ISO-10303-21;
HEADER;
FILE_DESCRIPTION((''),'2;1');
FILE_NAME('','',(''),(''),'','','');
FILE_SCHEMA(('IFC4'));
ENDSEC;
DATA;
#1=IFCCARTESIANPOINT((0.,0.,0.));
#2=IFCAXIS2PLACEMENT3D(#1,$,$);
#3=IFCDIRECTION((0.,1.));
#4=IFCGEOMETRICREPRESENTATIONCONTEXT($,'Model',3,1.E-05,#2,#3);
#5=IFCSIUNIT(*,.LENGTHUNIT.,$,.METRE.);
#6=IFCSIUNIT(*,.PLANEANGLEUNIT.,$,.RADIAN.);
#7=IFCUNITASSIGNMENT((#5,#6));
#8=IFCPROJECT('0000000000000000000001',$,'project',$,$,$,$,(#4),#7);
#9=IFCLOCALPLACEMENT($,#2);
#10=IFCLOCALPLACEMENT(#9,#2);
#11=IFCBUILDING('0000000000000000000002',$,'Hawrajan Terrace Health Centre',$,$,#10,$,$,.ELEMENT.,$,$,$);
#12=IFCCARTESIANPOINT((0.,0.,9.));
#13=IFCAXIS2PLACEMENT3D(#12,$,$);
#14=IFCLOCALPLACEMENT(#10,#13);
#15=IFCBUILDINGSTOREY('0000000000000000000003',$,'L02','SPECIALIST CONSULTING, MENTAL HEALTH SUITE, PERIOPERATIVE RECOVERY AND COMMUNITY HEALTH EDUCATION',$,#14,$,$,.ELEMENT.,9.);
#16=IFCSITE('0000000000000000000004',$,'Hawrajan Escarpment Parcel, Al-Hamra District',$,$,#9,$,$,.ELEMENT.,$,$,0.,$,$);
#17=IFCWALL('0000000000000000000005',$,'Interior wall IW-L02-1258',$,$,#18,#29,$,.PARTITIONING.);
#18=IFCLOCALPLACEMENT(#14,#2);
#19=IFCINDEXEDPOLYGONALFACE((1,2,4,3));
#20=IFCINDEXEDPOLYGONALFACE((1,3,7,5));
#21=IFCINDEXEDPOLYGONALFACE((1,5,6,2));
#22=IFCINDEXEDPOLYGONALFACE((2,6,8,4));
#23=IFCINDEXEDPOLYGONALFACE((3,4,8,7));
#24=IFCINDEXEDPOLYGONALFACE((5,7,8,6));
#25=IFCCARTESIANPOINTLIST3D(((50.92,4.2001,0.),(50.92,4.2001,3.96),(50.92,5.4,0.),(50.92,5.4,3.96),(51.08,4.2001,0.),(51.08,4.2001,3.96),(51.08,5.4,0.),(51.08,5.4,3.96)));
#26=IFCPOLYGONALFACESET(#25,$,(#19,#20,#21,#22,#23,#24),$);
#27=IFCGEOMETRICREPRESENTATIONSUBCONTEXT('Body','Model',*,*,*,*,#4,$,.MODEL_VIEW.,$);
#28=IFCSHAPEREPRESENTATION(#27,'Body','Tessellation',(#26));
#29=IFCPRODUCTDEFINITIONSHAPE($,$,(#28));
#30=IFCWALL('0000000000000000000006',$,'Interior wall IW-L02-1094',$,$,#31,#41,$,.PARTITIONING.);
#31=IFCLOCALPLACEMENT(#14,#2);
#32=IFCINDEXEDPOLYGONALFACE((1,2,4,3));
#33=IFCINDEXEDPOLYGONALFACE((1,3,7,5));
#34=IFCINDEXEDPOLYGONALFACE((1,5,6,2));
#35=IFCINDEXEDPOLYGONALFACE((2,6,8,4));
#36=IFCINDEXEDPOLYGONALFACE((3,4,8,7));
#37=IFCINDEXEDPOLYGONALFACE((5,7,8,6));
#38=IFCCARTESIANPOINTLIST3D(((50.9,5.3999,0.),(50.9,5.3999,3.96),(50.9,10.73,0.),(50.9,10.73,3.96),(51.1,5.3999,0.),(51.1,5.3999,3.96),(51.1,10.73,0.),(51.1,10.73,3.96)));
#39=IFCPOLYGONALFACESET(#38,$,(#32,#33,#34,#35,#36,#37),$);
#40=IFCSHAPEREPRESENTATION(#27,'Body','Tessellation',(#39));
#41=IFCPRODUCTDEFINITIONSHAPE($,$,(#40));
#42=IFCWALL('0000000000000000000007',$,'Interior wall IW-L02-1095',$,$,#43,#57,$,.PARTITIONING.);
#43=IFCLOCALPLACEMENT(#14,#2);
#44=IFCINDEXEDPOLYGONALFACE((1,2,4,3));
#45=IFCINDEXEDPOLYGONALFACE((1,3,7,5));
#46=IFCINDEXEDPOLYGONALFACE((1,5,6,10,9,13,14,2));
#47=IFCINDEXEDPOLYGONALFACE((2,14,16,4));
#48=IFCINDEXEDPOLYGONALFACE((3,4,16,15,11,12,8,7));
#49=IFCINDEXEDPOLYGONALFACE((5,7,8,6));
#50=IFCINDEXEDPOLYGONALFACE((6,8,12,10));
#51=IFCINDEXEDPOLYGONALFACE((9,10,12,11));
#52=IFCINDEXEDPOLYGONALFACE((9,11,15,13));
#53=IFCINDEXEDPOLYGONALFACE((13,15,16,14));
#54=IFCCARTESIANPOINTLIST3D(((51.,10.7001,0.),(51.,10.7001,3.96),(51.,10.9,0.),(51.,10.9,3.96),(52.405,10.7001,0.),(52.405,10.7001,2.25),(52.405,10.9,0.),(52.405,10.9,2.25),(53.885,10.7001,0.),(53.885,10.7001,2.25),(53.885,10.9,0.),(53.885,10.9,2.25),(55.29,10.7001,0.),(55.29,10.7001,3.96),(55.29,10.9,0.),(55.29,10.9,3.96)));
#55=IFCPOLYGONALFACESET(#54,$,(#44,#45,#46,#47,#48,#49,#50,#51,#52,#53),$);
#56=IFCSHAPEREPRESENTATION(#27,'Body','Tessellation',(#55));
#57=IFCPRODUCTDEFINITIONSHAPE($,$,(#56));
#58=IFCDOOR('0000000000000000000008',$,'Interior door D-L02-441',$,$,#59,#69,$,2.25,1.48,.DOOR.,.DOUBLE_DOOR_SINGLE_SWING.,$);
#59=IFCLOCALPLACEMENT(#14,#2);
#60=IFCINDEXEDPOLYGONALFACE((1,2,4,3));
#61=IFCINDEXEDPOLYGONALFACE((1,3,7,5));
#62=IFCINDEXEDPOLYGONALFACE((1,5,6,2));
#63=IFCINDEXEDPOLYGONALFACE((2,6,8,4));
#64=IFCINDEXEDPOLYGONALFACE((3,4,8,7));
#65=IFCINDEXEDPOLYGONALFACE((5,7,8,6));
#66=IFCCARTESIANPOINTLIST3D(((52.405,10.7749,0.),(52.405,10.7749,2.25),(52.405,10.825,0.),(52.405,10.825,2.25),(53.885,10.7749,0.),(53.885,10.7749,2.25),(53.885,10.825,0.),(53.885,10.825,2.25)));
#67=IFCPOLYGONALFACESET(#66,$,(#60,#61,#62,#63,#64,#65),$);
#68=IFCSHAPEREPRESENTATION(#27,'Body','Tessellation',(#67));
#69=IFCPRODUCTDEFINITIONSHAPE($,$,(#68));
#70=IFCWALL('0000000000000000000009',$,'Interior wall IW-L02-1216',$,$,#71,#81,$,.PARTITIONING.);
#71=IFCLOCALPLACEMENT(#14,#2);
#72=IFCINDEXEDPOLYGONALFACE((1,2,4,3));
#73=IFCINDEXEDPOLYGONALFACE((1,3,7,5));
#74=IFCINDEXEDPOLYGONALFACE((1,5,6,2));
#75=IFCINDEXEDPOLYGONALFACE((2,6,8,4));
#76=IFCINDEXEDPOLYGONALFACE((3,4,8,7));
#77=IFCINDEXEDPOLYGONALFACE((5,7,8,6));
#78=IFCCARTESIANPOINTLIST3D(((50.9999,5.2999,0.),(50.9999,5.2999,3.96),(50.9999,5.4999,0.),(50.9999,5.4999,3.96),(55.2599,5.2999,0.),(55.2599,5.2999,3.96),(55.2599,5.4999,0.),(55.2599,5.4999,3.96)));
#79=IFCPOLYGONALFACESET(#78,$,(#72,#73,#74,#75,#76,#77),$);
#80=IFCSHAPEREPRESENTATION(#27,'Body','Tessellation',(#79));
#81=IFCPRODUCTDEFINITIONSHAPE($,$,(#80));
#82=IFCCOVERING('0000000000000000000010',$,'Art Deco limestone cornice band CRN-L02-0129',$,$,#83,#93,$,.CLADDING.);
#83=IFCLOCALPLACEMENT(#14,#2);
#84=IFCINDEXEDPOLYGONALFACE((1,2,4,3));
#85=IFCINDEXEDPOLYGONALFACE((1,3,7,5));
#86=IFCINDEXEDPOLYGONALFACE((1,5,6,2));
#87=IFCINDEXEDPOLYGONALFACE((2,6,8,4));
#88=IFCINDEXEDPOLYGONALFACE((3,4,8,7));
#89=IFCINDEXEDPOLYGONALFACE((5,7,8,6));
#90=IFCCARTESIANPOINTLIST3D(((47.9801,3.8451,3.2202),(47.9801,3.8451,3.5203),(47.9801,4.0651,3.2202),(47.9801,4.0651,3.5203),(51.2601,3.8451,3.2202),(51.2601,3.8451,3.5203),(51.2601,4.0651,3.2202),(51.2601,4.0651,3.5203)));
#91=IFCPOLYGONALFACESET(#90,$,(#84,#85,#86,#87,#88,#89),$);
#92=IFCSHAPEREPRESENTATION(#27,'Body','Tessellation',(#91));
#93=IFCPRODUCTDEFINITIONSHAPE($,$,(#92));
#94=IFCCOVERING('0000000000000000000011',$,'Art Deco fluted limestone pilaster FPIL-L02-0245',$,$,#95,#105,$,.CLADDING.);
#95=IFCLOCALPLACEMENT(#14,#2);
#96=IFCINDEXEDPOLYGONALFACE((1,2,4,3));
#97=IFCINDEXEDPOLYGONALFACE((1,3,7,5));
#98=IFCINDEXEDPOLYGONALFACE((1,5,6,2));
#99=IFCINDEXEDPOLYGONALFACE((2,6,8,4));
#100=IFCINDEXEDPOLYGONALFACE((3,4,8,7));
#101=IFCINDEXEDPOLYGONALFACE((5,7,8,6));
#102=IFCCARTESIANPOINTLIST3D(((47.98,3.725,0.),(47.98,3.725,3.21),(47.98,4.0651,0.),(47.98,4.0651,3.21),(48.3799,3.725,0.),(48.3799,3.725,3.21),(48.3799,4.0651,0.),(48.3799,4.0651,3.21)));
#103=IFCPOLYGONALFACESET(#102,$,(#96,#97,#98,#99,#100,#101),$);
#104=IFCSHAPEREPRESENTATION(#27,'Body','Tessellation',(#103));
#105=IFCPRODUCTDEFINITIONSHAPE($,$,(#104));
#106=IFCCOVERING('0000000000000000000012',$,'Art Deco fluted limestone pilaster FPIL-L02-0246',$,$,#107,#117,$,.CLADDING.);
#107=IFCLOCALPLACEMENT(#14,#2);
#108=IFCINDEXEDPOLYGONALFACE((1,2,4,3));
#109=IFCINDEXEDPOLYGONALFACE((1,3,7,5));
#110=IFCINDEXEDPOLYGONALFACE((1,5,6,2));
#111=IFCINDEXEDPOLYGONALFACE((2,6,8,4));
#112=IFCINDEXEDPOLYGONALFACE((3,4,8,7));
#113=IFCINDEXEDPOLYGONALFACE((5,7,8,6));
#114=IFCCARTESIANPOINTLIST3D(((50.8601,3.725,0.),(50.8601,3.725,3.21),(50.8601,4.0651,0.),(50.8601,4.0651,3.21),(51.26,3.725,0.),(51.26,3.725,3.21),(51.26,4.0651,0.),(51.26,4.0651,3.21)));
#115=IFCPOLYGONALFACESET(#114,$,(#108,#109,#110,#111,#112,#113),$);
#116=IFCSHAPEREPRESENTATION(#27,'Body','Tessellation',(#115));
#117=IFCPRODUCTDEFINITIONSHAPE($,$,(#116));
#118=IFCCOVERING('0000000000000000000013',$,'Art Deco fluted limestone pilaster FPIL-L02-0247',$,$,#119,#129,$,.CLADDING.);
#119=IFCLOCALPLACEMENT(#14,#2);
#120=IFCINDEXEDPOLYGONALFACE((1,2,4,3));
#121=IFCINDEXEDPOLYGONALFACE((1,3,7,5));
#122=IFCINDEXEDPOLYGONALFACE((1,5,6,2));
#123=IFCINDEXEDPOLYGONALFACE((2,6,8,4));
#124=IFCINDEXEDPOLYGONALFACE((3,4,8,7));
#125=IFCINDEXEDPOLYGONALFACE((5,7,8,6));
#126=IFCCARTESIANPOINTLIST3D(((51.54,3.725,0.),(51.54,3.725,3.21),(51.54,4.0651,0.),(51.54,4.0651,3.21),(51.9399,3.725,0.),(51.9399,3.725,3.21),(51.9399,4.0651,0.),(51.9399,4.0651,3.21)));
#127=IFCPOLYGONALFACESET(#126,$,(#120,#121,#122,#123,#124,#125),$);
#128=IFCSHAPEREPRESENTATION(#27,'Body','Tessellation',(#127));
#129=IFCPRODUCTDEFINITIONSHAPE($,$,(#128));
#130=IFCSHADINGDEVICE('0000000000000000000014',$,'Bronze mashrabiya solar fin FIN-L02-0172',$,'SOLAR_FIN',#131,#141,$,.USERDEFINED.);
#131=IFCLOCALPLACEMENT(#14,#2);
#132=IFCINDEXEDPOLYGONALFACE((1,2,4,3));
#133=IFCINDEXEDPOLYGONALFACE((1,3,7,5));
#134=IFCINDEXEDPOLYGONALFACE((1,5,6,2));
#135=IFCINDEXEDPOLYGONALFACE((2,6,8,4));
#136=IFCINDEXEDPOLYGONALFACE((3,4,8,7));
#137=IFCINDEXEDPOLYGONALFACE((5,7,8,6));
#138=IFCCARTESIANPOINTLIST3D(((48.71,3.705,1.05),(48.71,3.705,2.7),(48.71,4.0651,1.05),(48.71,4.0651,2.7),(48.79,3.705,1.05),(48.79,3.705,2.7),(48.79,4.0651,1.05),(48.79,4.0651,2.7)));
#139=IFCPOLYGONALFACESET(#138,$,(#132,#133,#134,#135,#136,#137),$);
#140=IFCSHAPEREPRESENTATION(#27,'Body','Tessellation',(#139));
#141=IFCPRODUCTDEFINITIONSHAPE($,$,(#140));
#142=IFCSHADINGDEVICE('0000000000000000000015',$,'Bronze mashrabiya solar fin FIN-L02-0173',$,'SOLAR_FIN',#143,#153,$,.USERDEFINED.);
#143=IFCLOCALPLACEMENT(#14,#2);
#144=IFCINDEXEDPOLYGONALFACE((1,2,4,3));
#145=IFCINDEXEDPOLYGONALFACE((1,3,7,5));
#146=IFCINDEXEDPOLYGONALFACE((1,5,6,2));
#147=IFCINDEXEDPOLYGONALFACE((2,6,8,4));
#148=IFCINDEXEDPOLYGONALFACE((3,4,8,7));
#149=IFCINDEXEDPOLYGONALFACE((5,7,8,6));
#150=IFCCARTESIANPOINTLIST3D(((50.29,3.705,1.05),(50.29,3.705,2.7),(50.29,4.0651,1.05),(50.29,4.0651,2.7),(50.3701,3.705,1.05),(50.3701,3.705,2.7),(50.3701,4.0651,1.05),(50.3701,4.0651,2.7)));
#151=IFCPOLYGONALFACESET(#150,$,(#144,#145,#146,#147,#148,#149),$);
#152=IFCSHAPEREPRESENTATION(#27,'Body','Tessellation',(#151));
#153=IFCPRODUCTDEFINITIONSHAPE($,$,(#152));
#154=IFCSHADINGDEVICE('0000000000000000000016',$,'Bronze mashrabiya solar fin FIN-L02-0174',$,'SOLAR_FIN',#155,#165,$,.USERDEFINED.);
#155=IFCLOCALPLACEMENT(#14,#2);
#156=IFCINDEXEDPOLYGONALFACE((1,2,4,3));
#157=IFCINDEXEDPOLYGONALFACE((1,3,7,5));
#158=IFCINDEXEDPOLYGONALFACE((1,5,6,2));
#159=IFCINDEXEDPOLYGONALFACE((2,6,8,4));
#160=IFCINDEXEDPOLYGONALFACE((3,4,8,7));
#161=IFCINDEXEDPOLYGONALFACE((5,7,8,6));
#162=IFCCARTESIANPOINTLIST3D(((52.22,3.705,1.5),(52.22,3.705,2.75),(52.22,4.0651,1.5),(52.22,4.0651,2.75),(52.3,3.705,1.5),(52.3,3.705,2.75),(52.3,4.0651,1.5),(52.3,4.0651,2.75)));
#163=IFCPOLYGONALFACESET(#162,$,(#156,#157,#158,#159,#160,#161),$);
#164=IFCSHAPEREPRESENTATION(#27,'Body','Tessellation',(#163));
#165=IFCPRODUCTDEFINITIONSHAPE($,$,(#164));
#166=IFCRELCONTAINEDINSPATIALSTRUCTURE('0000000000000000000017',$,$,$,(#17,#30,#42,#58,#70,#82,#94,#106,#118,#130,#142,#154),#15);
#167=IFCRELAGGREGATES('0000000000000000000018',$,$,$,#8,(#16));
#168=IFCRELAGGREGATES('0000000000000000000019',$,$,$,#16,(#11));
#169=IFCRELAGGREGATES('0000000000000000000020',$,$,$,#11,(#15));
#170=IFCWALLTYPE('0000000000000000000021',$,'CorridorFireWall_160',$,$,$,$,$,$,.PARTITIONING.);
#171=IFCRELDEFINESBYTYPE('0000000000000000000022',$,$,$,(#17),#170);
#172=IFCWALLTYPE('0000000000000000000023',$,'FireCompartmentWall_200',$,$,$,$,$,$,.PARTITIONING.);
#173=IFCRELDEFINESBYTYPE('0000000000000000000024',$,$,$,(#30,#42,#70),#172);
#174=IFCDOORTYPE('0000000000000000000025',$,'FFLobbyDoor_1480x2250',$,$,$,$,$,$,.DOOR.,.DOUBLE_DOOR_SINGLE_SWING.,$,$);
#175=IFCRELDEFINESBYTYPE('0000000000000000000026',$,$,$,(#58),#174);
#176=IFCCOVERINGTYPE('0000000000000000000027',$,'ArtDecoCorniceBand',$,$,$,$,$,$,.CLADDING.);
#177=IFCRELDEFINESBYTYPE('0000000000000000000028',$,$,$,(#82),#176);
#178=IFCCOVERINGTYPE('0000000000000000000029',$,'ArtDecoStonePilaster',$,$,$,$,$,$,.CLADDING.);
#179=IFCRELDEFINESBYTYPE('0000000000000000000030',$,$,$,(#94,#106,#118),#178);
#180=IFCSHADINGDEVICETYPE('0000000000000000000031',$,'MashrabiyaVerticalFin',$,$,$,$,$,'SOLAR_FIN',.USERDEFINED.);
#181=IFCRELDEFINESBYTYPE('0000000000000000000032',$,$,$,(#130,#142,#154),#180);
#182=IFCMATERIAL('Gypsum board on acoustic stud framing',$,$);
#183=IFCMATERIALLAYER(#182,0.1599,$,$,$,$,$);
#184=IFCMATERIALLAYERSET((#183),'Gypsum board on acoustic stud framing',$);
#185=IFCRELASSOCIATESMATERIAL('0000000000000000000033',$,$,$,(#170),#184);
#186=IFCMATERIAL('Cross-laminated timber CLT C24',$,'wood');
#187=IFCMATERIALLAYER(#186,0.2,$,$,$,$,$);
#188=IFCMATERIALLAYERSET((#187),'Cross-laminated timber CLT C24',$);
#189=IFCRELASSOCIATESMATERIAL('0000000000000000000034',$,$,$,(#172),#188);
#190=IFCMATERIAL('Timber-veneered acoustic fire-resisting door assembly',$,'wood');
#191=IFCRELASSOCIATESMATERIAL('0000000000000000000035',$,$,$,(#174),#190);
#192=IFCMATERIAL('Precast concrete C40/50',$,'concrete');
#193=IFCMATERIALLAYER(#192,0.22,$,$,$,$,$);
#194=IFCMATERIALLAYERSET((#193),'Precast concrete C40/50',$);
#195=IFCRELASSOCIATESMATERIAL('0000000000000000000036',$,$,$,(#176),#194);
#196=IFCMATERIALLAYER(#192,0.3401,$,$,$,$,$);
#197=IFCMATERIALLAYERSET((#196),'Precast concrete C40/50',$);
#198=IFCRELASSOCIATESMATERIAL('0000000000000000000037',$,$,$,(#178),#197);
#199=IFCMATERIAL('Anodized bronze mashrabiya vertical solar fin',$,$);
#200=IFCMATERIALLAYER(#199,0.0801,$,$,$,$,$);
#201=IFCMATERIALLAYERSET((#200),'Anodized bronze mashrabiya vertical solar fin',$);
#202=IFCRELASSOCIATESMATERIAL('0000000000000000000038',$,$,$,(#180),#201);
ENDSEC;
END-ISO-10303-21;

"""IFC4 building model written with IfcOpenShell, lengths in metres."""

from ifc_helpers import new_model, si_unit, direction, frame, frame_2d, origin, origin_2d, place, context, subcontext, project, spatial, rectangle, extrude, material, layer, layer_set, type_object, element, fill, save


model = new_model("IFC4")

# Units and contexts
model_context = context("Model", 3, precision=1e-05, world=origin(), true_north=direction((0.0, 1.0)))
body_context = subcontext(model_context, "Body", "Model", "MODEL_VIEW")
ifc_project = project(units=[si_unit("LENGTHUNIT", "METRE"), si_unit("PLANEANGLEUNIT", "RADIAN")], contexts=[model_context])

# Site, building, storey
site_placement = place(None, origin())
site = spatial("IfcSite", under=ifc_project, at=site_placement, Name="Hawrajan Escarpment Parcel, Al-Hamra District", CompositionType="ELEMENT", RefElevation=0.0)
building_placement = place(site_placement, origin())
building = spatial("IfcBuilding", under=site, at=building_placement, Name="Hawrajan Terrace Health Centre", CompositionType="ELEMENT")
storey_placement = place(building_placement, frame((0.0, 0.0, 9.0)))
storey = spatial("IfcBuildingStorey", under=building, at=storey_placement, Name="L02", Description="SPECIALIST CONSULTING, MENTAL HEALTH SUITE, PERIOPERATIVE RECOVERY AND COMMUNITY HEALTH EDUCATION", CompositionType="ELEMENT", Elevation=9.0)

# Shared definitions
ifc_material_1 = material(Name="Precast concrete C40/50", Category="concrete")

# Walls
ifc_material_2 = material(Name="Gypsum board on acoustic stud framing")
ifc_layer_1 = layer(ifc_material_2, 0.1599)
ifc_layer_set_1 = layer_set([ifc_layer_1], Name="Gypsum board on acoustic stud framing")
wall_type_1 = type_object("IfcWallType", Name="CorridorFireWall_160", PredefinedType="PARTITIONING", material=ifc_layer_set_1)
wall_1_placement = place(storey_placement, frame((51.0, 4.2, 0.0), z_axis=(0.0, 0.0, 1.0), x_axis=(0.0, 1.0, 0.0)))
element("IfcWall", 1, at=wall_1_placement, inside=storey, type_object=wall_type_1, Name="Interior wall IW-L02-1258", PredefinedType="PARTITIONING", context=body_context, shape_type="SweptSolid", body=[
    extrude(rectangle(XDim=1.2, YDim=0.1599, at=frame_2d((0.6001, 0.0))), origin(), (0.0, 0.0, 1.0), 3.96),
])
ifc_material_3 = material(Name="Cross-laminated timber CLT C24", Category="wood")
ifc_layer_2 = layer(ifc_material_3, 0.2)
ifc_layer_set_2 = layer_set([ifc_layer_2], Name="Cross-laminated timber CLT C24")
wall_type_2 = type_object("IfcWallType", Name="FireCompartmentWall_200", PredefinedType="PARTITIONING", material=ifc_layer_set_2)
wall_2_placement = place(storey_placement, frame((51.0, 5.3999, 0.0), z_axis=(0.0, 0.0, 1.0), x_axis=(0.0, 1.0, 0.0)))
element("IfcWall", 2, at=wall_2_placement, inside=storey, type_object=wall_type_2, Name="Interior wall IW-L02-1094", PredefinedType="PARTITIONING", context=body_context, shape_type="SweptSolid", body=[
    extrude(rectangle(XDim=5.3301, YDim=0.2, at=frame_2d((2.665, 0.0))), origin(), (0.0, 0.0, 1.0), 3.96),
])

# Wall, opening, door
wall_3_placement = place(storey_placement, frame((51.0, 10.8, 0.0), z_axis=(0.0, 0.0, 1.0), x_axis=(1.0, 0.0, 0.0)))
wall_3 = element("IfcWall", 3, at=wall_3_placement, inside=storey, type_object=wall_type_2, Name="Interior wall IW-L02-1095", PredefinedType="PARTITIONING", context=body_context, shape_type="SweptSolid", body=[
    extrude(rectangle(XDim=4.29, YDim=0.2, at=frame_2d((2.145, 0.0))), origin(), (0.0, 0.0, 1.0), 3.96),
])
opening_1_placement = place(wall_3_placement, frame((1.405, 0.0, 0.0)))
opening_1 = element("IfcOpeningElement", 4, at=opening_1_placement, cuts=wall_3, PredefinedType="OPENING", context=body_context, shape_type="SweptSolid", body=[
    extrude(rectangle(XDim=1.48, YDim=2.25, at=frame_2d((0.74, 1.125))), frame((0.0, 0.1099, 0.0), z_axis=(0.0, -1.0, 0.0), x_axis=(1.0, 0.0, 0.0)), (0.0, 0.0, 1.0), 0.22),
])
ifc_material_4 = material(Name="Timber-veneered acoustic fire-resisting door assembly", Category="wood")
door_type = type_object("IfcDoorType", Name="FFLobbyDoor_1480x2250", OperationType="DOUBLE_DOOR_SINGLE_SWING", PredefinedType="DOOR", material=ifc_material_4)
door_placement = place(opening_1_placement, origin())
door = element("IfcDoor", 5, at=door_placement, inside=storey, type_object=door_type, Name="Interior door D-L02-441", OperationType="DOUBLE_DOOR_SINGLE_SWING", OverallHeight=2.25, OverallWidth=1.48, PredefinedType="DOOR", context=body_context, shape_type="SweptSolid", body=[
    extrude(rectangle(XDim=1.48, YDim=2.25, at=frame_2d((0.74, 1.125))), frame((0.0, 0.0249, 0.0), z_axis=(0.0, -1.0, 0.0), x_axis=(1.0, 0.0, 0.0)), (0.0, 0.0, 1.0), 0.05),
])
fill(opening_1, door)

# Wall
wall_4_placement = place(storey_placement, frame((51.0, 5.3999, 0.0), z_axis=(0.0, 0.0, 1.0), x_axis=(1.0, 0.0, 0.0)))
element("IfcWall", 6, at=wall_4_placement, inside=storey, type_object=wall_type_2, Name="Interior wall IW-L02-1216", PredefinedType="PARTITIONING", context=body_context, shape_type="SweptSolid", body=[
    extrude(rectangle(XDim=4.26, YDim=0.2, at=frame_2d((2.1299, 0.0))), origin(), (0.0, 0.0, 1.0), 3.96),
])

# Coverings
ifc_layer_3 = layer(ifc_material_1, 0.22)
ifc_layer_set_3 = layer_set([ifc_layer_3], Name="Precast concrete C40/50")
covering_type_1 = type_object("IfcCoveringType", Name="ArtDecoCorniceBand", PredefinedType="CLADDING", material=ifc_layer_set_3)
covering_placement = place(storey_placement, frame((49.6201, 3.9551, 3.2202), z_axis=(0.0, 0.0, 1.0), x_axis=(1.0, 0.0, 0.0)))
element("IfcCovering", 7, at=covering_placement, inside=storey, type_object=covering_type_1, Name="Art Deco limestone cornice band CRN-L02-0129", PredefinedType="CLADDING", context=body_context, shape_type="SweptSolid", body=[
    extrude(rectangle(XDim=3.28, YDim=0.22, at=origin_2d()), origin(), (0.0, 0.0, 1.0), 0.3),
])
ifc_layer_4 = layer(ifc_material_1, 0.3401)
ifc_layer_set_4 = layer_set([ifc_layer_4], Name="Precast concrete C40/50")
covering_type_2 = type_object("IfcCoveringType", Name="ArtDecoStonePilaster", PredefinedType="CLADDING", material=ifc_layer_set_4)
for number, where, z_axis, x_axis, name in (
    (8, (48.1799, 3.895, 0.0), (0.0, 0.0, 1.0), (1.0, 0.0, 0.0), "Art Deco fluted limestone pilaster FPIL-L02-0245"),
    (9, (51.0601, 3.895, 0.0), (0.0, 0.0, 1.0), (1.0, 0.0, 0.0), "Art Deco fluted limestone pilaster FPIL-L02-0246"),
    (10, (51.74, 3.895, 0.0), (0.0, 0.0, 1.0), (1.0, 0.0, 0.0), "Art Deco fluted limestone pilaster FPIL-L02-0247"),
):
    element("IfcCovering", number, at=place(storey_placement, frame(where, z_axis=z_axis, x_axis=x_axis)), inside=storey, type_object=covering_type_2, Name=name, PredefinedType="CLADDING", context=body_context, shape_type="SweptSolid", body=[
        extrude(rectangle(XDim=0.3999, YDim=0.3401, at=origin_2d()), origin(), (0.0, 0.0, 1.0), 3.21),
    ])

# Shading devices
ifc_material_5 = material(Name="Anodized bronze mashrabiya vertical solar fin")
ifc_layer_5 = layer(ifc_material_5, 0.0801)
ifc_layer_set_5 = layer_set([ifc_layer_5], Name="Anodized bronze mashrabiya vertical solar fin")
shading_device_type = type_object("IfcShadingDeviceType", Name="MashrabiyaVerticalFin", ElementType="SOLAR_FIN", PredefinedType="USERDEFINED", material=ifc_layer_set_5)
for number, where, z_axis, x_axis, name in (
    (11, (48.75, 3.885, 1.05), (0.0, 0.0, 1.0), (1.0, 0.0, 0.0), "Bronze mashrabiya solar fin FIN-L02-0172"),
    (12, (50.3301, 3.885, 1.05), (0.0, 0.0, 1.0), (1.0, 0.0, 0.0), "Bronze mashrabiya solar fin FIN-L02-0173"),
):
    element("IfcShadingDevice", number, at=place(storey_placement, frame(where, z_axis=z_axis, x_axis=x_axis)), inside=storey, type_object=shading_device_type, Name=name, ObjectType="SOLAR_FIN", PredefinedType="USERDEFINED", context=body_context, shape_type="SweptSolid", body=[
        extrude(rectangle(XDim=0.0801, YDim=0.3601, at=origin_2d()), origin(), (0.0, 0.0, 1.0), 1.6499),
    ])
shading_device_placement = place(storey_placement, frame((52.26, 3.885, 1.5), z_axis=(0.0, 0.0, 1.0), x_axis=(1.0, 0.0, 0.0)))
element("IfcShadingDevice", 13, at=shading_device_placement, inside=storey, type_object=shading_device_type, Name="Bronze mashrabiya solar fin FIN-L02-0174", ObjectType="SOLAR_FIN", PredefinedType="USERDEFINED", context=body_context, shape_type="SweptSolid", body=[
    extrude(rectangle(XDim=0.0801, YDim=0.3601, at=origin_2d()), origin(), (0.0, 0.0, 1.0), 1.25),
])

save(model, "model.ifc")
